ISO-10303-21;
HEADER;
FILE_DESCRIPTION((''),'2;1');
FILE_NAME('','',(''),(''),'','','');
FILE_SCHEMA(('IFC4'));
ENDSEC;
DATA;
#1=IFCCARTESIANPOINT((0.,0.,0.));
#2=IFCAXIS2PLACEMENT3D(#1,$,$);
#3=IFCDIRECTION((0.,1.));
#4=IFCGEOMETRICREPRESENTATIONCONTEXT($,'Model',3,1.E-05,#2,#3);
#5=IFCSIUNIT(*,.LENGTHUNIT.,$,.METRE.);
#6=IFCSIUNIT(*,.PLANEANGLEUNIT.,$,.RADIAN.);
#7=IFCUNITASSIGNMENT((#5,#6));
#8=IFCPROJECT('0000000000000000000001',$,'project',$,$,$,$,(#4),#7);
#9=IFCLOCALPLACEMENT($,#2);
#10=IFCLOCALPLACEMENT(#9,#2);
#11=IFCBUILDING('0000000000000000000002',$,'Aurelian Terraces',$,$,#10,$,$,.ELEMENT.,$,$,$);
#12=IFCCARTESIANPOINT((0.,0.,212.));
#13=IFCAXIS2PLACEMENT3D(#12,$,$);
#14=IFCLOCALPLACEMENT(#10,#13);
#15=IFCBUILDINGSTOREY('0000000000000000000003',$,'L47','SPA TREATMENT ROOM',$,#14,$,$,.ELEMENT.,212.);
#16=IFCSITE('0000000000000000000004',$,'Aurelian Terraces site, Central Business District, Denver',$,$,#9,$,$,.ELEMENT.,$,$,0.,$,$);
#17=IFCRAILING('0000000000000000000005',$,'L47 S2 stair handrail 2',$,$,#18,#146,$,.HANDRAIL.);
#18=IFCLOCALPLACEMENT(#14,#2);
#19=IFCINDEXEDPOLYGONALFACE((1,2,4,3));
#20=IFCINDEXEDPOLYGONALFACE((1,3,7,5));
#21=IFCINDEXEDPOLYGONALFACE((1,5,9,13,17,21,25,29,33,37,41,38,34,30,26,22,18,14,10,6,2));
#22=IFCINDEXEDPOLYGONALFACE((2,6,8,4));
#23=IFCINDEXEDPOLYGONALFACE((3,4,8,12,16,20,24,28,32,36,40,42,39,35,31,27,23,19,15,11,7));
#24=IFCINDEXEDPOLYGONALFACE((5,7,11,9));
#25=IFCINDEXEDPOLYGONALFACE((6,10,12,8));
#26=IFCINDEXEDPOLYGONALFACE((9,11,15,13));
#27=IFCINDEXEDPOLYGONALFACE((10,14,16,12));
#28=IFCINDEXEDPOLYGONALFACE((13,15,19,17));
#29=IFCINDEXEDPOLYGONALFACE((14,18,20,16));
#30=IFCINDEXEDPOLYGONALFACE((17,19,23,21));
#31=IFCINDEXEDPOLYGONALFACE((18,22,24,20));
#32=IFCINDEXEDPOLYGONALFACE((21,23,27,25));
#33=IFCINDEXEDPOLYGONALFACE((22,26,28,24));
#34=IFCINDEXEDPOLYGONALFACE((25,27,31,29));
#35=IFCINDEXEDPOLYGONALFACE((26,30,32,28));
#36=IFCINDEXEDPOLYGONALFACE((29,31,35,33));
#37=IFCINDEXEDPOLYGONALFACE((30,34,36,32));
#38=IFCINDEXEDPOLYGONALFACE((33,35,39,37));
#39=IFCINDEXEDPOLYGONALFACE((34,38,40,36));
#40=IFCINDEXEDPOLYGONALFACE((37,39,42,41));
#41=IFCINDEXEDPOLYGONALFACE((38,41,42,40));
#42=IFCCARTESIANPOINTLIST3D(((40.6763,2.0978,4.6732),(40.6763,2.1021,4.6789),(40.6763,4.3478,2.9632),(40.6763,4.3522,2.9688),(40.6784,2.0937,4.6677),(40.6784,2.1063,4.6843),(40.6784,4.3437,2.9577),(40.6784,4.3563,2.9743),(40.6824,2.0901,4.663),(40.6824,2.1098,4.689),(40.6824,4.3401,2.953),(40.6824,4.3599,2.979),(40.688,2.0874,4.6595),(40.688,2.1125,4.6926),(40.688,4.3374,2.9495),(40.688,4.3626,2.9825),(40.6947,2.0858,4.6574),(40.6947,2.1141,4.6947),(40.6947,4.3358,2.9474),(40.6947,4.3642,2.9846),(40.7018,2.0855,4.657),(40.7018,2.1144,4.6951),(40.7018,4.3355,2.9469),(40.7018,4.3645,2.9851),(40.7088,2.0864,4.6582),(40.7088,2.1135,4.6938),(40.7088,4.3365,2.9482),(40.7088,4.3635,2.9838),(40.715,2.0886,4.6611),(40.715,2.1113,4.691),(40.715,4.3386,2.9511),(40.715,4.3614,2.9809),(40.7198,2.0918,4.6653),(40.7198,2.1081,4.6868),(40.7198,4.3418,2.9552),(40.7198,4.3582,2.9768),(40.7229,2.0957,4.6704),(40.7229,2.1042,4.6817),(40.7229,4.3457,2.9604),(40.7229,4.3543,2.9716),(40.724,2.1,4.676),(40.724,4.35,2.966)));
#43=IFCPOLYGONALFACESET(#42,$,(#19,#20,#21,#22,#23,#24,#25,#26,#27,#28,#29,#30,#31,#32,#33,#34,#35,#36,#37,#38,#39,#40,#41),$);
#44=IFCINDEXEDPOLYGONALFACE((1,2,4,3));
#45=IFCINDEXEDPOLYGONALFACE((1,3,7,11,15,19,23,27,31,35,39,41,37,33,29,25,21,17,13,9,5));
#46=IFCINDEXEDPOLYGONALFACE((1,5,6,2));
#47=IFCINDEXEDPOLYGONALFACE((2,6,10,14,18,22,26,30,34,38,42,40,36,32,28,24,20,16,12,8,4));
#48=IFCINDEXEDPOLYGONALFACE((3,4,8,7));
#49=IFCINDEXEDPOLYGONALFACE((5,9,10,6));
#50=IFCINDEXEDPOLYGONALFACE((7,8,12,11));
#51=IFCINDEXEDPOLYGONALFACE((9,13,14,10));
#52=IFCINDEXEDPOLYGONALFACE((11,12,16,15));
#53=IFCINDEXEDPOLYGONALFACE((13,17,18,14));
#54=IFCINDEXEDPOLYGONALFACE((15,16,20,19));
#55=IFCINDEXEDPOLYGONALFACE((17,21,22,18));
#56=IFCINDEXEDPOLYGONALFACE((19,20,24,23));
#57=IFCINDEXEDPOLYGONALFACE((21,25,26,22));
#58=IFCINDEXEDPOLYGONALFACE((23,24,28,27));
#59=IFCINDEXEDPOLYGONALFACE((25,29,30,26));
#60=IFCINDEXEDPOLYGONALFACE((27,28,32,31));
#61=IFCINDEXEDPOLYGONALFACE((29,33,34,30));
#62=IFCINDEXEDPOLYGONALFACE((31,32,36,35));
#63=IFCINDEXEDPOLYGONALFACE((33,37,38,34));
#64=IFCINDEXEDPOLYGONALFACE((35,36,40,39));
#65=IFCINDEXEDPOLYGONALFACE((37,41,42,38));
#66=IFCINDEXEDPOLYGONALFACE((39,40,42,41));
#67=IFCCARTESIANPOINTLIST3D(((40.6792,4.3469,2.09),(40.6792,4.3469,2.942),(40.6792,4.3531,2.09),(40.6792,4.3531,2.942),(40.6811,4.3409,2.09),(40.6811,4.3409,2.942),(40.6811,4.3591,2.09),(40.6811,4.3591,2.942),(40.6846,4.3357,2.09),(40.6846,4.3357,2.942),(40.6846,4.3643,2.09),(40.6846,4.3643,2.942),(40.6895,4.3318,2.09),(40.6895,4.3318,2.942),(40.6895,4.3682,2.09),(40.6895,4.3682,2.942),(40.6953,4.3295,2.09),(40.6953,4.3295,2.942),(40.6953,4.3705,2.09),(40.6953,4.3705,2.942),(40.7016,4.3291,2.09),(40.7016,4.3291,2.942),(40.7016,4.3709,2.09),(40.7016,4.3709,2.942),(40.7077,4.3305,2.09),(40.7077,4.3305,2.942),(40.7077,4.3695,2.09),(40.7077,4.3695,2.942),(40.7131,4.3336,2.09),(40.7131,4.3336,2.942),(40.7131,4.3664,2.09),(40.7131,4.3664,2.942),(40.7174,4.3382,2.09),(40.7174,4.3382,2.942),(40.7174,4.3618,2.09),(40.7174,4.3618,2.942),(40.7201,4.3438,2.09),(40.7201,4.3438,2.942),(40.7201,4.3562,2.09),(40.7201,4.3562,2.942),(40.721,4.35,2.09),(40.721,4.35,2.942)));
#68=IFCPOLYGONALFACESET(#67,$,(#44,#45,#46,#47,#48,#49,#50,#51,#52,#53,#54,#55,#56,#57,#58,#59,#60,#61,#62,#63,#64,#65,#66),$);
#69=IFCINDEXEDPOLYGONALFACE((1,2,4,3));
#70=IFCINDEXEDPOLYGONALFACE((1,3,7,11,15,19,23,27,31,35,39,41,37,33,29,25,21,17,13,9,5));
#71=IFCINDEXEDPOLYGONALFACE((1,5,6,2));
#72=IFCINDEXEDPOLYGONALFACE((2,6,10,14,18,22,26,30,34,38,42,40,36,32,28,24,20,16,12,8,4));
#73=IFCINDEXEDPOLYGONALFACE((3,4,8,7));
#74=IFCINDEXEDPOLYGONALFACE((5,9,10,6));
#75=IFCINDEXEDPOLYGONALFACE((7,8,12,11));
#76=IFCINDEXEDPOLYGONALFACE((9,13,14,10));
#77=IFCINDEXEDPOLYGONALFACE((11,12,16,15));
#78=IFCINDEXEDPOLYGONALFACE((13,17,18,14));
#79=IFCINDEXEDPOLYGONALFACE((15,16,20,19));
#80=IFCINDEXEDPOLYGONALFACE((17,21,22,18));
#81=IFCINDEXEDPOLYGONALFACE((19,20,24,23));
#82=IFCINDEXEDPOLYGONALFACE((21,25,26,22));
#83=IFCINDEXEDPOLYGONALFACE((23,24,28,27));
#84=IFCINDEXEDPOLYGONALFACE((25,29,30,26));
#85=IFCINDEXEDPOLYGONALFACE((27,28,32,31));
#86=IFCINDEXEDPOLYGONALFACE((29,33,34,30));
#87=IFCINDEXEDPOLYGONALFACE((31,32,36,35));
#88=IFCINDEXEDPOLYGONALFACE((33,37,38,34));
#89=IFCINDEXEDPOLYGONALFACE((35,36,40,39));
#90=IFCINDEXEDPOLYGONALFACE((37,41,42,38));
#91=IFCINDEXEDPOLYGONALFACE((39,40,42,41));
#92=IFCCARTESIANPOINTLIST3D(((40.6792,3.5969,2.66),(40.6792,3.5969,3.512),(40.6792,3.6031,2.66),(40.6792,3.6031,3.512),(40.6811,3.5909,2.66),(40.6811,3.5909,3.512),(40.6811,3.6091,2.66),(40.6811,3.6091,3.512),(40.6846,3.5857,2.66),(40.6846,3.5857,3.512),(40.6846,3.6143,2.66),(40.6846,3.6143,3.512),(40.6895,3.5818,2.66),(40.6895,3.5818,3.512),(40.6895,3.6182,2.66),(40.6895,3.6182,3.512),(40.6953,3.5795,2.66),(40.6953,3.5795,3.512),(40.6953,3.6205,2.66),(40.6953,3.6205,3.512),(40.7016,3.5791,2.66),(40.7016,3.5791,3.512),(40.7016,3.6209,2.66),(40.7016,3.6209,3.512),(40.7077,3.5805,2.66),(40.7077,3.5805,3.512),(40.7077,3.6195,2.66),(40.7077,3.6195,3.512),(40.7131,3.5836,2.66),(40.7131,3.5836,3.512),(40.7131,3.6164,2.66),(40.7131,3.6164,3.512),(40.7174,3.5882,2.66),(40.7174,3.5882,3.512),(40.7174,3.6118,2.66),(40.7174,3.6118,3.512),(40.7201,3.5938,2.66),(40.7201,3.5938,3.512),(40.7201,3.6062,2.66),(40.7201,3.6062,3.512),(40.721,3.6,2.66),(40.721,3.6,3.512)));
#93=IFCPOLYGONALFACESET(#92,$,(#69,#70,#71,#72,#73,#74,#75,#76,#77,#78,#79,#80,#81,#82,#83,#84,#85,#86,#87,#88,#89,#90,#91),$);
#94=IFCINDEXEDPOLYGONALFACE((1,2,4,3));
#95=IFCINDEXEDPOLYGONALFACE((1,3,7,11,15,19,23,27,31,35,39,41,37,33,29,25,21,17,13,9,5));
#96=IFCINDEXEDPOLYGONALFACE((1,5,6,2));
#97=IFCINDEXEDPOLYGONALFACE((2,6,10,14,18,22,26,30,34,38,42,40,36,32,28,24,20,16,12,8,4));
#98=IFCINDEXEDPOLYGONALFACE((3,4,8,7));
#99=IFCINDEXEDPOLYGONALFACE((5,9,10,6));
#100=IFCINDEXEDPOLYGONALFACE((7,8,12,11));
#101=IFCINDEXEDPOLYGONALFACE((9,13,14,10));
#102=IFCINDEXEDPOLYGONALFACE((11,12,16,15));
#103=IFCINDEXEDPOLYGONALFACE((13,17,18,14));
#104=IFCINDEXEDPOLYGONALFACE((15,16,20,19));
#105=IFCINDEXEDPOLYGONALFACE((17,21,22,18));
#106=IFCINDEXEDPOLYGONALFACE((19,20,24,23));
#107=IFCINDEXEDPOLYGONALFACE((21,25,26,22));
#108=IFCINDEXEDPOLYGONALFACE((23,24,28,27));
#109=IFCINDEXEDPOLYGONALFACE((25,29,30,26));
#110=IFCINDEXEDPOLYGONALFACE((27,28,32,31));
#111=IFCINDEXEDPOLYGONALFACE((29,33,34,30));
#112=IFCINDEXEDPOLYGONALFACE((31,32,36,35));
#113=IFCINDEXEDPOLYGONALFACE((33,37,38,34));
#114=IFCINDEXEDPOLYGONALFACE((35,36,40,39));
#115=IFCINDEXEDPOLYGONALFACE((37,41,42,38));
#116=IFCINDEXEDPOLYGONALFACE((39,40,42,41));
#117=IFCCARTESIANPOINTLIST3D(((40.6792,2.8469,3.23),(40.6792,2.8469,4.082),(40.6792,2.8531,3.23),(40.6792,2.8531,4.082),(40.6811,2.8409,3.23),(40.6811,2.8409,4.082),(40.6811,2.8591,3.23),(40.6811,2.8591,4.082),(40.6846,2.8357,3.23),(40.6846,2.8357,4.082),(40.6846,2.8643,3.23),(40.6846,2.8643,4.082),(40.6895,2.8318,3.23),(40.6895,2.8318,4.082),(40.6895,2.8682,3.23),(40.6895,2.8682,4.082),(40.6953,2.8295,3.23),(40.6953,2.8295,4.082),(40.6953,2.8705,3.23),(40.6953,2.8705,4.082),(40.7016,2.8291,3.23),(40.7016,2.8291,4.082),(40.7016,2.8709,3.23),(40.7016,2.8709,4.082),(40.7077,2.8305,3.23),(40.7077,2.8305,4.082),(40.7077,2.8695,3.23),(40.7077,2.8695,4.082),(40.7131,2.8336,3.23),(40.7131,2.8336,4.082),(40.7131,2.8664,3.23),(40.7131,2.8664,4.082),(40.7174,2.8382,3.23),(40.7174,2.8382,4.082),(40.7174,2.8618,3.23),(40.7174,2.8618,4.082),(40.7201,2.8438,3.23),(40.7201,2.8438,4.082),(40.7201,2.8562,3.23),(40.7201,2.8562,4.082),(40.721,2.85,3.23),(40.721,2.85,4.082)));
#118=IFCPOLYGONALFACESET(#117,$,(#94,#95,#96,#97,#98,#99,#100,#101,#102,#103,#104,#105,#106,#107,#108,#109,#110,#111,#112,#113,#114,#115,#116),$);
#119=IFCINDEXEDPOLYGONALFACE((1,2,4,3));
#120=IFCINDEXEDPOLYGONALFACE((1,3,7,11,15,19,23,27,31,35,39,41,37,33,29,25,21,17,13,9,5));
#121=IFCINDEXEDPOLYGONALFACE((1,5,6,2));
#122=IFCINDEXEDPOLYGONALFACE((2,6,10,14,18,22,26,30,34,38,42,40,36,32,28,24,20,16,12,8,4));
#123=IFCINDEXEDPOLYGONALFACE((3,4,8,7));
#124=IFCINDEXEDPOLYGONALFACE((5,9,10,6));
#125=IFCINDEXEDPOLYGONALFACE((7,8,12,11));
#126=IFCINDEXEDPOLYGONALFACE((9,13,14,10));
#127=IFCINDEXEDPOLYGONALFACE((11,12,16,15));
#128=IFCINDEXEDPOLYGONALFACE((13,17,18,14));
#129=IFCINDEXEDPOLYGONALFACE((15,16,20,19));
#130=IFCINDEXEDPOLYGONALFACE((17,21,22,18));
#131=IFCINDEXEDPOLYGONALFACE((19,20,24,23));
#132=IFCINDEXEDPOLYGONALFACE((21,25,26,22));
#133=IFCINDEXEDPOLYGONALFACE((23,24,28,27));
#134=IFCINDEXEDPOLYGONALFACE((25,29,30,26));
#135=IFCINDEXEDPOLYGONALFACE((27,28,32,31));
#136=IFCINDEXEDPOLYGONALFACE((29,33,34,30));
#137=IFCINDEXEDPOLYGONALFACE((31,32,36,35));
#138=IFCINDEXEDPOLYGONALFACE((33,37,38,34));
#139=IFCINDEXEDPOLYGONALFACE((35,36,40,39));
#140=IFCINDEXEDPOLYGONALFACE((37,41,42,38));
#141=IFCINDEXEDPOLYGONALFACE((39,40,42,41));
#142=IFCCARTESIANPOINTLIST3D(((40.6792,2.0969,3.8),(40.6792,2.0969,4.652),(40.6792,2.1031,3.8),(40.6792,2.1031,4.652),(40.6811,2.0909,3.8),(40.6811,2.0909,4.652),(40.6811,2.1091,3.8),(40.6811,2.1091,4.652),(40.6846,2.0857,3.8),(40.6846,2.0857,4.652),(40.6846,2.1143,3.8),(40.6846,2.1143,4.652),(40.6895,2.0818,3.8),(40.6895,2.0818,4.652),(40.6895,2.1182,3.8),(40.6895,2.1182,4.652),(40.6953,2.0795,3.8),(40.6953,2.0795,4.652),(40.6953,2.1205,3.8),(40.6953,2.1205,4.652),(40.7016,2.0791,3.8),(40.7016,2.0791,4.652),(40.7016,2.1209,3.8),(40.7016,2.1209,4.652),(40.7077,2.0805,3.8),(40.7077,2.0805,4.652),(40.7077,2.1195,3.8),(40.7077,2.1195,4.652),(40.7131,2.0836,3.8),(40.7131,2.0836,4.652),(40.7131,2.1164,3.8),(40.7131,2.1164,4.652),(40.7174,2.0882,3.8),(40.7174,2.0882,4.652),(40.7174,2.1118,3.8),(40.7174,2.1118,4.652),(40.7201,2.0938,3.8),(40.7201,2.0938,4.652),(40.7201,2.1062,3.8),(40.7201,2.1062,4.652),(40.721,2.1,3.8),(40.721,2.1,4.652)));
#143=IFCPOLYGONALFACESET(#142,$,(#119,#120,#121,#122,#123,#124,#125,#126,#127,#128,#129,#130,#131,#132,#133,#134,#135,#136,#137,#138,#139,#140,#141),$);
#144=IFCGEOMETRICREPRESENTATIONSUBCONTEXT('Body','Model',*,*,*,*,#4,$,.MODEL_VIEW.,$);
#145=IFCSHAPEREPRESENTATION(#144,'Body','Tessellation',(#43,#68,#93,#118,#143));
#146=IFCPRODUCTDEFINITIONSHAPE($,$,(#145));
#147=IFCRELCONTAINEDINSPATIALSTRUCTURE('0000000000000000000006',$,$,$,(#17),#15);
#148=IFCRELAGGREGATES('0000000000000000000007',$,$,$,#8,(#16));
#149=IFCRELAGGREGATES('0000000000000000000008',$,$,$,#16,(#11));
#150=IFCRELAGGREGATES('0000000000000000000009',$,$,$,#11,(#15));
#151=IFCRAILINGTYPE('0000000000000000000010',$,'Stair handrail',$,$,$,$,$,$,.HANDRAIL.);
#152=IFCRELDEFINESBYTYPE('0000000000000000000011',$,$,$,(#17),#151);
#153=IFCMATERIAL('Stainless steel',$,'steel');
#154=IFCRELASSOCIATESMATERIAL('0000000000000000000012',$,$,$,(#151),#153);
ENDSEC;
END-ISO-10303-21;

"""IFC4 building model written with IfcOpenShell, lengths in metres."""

from ifc_helpers import new_model, si_unit, direction, frame, origin, origin_2d, place, context, subcontext, project, spatial, circle, extrude, source, transform, mapped, material, type_object, element, save


model = new_model("IFC4")

# Units and contexts
model_context = context("Model", 3, precision=1e-05, world=origin(), true_north=direction((0.0, 1.0)))
body_context = subcontext(model_context, "Body", "Model", "MODEL_VIEW")
ifc_project = project(units=[si_unit("LENGTHUNIT", "METRE"), si_unit("PLANEANGLEUNIT", "RADIAN")], contexts=[model_context])

# Site, building, storey
site_placement = place(None, origin())
site = spatial("IfcSite", under=ifc_project, at=site_placement, Name="Aurelian Terraces site, Central Business District, Denver", CompositionType="ELEMENT", RefElevation=0.0)
building_placement = place(site_placement, origin())
building = spatial("IfcBuilding", under=site, at=building_placement, Name="Aurelian Terraces", CompositionType="ELEMENT")
storey_placement = place(building_placement, frame((0.0, 0.0, 212.0)))
storey = spatial("IfcBuildingStorey", under=building, at=storey_placement, Name="L47", Description="SPA TREATMENT ROOM", CompositionType="ELEMENT", Elevation=212.0)

# Railing
ifc_material_1 = material(Name="Stainless steel", Category="steel")
railing_type_1 = type_object("IfcRailingType", Name="Stair handrail", PredefinedType="HANDRAIL", material=ifc_material_1)
shared_shape_1 = source(origin(), body_context, "Body", "SweptSolid", [
    extrude(circle(Radius=0.024, at=origin_2d()), frame((0.0, 0.0, 0.876), z_axis=(0.0, -0.796162, 0.605083), x_axis=(1.0, 0.0, 0.0)), (0.0, 0.0, 1.0), 2.8261),
    extrude(circle(Radius=0.021, at=origin_2d()), origin(), (0.0, 0.0, 1.0), 0.852),
    extrude(circle(Radius=0.021, at=origin_2d()), frame((0.0, -0.75, 0.57)), (0.0, 0.0, 1.0), 0.852),
    extrude(circle(Radius=0.021, at=origin_2d()), frame((0.0, -1.5, 1.14)), (0.0, 0.0, 1.0), 0.852),
    extrude(circle(Radius=0.021, at=origin_2d()), frame((0.0, -2.25, 1.71)), (0.0, 0.0, 1.0), 0.852),
])
railing_1_placement = place(storey_placement, frame((40.7, 4.35, 2.09)))
element("IfcRailing", 1, at=railing_1_placement, inside=storey, type_object=railing_type_1, Name="L47 S2 stair handrail 2", PredefinedType="HANDRAIL", context=body_context, shape_type="MappedRepresentation", body=[
    mapped(shared_shape_1, transform((0.0, 0.0, 0.0), scale=1.0)),
])

save(model, "model.ifc")
